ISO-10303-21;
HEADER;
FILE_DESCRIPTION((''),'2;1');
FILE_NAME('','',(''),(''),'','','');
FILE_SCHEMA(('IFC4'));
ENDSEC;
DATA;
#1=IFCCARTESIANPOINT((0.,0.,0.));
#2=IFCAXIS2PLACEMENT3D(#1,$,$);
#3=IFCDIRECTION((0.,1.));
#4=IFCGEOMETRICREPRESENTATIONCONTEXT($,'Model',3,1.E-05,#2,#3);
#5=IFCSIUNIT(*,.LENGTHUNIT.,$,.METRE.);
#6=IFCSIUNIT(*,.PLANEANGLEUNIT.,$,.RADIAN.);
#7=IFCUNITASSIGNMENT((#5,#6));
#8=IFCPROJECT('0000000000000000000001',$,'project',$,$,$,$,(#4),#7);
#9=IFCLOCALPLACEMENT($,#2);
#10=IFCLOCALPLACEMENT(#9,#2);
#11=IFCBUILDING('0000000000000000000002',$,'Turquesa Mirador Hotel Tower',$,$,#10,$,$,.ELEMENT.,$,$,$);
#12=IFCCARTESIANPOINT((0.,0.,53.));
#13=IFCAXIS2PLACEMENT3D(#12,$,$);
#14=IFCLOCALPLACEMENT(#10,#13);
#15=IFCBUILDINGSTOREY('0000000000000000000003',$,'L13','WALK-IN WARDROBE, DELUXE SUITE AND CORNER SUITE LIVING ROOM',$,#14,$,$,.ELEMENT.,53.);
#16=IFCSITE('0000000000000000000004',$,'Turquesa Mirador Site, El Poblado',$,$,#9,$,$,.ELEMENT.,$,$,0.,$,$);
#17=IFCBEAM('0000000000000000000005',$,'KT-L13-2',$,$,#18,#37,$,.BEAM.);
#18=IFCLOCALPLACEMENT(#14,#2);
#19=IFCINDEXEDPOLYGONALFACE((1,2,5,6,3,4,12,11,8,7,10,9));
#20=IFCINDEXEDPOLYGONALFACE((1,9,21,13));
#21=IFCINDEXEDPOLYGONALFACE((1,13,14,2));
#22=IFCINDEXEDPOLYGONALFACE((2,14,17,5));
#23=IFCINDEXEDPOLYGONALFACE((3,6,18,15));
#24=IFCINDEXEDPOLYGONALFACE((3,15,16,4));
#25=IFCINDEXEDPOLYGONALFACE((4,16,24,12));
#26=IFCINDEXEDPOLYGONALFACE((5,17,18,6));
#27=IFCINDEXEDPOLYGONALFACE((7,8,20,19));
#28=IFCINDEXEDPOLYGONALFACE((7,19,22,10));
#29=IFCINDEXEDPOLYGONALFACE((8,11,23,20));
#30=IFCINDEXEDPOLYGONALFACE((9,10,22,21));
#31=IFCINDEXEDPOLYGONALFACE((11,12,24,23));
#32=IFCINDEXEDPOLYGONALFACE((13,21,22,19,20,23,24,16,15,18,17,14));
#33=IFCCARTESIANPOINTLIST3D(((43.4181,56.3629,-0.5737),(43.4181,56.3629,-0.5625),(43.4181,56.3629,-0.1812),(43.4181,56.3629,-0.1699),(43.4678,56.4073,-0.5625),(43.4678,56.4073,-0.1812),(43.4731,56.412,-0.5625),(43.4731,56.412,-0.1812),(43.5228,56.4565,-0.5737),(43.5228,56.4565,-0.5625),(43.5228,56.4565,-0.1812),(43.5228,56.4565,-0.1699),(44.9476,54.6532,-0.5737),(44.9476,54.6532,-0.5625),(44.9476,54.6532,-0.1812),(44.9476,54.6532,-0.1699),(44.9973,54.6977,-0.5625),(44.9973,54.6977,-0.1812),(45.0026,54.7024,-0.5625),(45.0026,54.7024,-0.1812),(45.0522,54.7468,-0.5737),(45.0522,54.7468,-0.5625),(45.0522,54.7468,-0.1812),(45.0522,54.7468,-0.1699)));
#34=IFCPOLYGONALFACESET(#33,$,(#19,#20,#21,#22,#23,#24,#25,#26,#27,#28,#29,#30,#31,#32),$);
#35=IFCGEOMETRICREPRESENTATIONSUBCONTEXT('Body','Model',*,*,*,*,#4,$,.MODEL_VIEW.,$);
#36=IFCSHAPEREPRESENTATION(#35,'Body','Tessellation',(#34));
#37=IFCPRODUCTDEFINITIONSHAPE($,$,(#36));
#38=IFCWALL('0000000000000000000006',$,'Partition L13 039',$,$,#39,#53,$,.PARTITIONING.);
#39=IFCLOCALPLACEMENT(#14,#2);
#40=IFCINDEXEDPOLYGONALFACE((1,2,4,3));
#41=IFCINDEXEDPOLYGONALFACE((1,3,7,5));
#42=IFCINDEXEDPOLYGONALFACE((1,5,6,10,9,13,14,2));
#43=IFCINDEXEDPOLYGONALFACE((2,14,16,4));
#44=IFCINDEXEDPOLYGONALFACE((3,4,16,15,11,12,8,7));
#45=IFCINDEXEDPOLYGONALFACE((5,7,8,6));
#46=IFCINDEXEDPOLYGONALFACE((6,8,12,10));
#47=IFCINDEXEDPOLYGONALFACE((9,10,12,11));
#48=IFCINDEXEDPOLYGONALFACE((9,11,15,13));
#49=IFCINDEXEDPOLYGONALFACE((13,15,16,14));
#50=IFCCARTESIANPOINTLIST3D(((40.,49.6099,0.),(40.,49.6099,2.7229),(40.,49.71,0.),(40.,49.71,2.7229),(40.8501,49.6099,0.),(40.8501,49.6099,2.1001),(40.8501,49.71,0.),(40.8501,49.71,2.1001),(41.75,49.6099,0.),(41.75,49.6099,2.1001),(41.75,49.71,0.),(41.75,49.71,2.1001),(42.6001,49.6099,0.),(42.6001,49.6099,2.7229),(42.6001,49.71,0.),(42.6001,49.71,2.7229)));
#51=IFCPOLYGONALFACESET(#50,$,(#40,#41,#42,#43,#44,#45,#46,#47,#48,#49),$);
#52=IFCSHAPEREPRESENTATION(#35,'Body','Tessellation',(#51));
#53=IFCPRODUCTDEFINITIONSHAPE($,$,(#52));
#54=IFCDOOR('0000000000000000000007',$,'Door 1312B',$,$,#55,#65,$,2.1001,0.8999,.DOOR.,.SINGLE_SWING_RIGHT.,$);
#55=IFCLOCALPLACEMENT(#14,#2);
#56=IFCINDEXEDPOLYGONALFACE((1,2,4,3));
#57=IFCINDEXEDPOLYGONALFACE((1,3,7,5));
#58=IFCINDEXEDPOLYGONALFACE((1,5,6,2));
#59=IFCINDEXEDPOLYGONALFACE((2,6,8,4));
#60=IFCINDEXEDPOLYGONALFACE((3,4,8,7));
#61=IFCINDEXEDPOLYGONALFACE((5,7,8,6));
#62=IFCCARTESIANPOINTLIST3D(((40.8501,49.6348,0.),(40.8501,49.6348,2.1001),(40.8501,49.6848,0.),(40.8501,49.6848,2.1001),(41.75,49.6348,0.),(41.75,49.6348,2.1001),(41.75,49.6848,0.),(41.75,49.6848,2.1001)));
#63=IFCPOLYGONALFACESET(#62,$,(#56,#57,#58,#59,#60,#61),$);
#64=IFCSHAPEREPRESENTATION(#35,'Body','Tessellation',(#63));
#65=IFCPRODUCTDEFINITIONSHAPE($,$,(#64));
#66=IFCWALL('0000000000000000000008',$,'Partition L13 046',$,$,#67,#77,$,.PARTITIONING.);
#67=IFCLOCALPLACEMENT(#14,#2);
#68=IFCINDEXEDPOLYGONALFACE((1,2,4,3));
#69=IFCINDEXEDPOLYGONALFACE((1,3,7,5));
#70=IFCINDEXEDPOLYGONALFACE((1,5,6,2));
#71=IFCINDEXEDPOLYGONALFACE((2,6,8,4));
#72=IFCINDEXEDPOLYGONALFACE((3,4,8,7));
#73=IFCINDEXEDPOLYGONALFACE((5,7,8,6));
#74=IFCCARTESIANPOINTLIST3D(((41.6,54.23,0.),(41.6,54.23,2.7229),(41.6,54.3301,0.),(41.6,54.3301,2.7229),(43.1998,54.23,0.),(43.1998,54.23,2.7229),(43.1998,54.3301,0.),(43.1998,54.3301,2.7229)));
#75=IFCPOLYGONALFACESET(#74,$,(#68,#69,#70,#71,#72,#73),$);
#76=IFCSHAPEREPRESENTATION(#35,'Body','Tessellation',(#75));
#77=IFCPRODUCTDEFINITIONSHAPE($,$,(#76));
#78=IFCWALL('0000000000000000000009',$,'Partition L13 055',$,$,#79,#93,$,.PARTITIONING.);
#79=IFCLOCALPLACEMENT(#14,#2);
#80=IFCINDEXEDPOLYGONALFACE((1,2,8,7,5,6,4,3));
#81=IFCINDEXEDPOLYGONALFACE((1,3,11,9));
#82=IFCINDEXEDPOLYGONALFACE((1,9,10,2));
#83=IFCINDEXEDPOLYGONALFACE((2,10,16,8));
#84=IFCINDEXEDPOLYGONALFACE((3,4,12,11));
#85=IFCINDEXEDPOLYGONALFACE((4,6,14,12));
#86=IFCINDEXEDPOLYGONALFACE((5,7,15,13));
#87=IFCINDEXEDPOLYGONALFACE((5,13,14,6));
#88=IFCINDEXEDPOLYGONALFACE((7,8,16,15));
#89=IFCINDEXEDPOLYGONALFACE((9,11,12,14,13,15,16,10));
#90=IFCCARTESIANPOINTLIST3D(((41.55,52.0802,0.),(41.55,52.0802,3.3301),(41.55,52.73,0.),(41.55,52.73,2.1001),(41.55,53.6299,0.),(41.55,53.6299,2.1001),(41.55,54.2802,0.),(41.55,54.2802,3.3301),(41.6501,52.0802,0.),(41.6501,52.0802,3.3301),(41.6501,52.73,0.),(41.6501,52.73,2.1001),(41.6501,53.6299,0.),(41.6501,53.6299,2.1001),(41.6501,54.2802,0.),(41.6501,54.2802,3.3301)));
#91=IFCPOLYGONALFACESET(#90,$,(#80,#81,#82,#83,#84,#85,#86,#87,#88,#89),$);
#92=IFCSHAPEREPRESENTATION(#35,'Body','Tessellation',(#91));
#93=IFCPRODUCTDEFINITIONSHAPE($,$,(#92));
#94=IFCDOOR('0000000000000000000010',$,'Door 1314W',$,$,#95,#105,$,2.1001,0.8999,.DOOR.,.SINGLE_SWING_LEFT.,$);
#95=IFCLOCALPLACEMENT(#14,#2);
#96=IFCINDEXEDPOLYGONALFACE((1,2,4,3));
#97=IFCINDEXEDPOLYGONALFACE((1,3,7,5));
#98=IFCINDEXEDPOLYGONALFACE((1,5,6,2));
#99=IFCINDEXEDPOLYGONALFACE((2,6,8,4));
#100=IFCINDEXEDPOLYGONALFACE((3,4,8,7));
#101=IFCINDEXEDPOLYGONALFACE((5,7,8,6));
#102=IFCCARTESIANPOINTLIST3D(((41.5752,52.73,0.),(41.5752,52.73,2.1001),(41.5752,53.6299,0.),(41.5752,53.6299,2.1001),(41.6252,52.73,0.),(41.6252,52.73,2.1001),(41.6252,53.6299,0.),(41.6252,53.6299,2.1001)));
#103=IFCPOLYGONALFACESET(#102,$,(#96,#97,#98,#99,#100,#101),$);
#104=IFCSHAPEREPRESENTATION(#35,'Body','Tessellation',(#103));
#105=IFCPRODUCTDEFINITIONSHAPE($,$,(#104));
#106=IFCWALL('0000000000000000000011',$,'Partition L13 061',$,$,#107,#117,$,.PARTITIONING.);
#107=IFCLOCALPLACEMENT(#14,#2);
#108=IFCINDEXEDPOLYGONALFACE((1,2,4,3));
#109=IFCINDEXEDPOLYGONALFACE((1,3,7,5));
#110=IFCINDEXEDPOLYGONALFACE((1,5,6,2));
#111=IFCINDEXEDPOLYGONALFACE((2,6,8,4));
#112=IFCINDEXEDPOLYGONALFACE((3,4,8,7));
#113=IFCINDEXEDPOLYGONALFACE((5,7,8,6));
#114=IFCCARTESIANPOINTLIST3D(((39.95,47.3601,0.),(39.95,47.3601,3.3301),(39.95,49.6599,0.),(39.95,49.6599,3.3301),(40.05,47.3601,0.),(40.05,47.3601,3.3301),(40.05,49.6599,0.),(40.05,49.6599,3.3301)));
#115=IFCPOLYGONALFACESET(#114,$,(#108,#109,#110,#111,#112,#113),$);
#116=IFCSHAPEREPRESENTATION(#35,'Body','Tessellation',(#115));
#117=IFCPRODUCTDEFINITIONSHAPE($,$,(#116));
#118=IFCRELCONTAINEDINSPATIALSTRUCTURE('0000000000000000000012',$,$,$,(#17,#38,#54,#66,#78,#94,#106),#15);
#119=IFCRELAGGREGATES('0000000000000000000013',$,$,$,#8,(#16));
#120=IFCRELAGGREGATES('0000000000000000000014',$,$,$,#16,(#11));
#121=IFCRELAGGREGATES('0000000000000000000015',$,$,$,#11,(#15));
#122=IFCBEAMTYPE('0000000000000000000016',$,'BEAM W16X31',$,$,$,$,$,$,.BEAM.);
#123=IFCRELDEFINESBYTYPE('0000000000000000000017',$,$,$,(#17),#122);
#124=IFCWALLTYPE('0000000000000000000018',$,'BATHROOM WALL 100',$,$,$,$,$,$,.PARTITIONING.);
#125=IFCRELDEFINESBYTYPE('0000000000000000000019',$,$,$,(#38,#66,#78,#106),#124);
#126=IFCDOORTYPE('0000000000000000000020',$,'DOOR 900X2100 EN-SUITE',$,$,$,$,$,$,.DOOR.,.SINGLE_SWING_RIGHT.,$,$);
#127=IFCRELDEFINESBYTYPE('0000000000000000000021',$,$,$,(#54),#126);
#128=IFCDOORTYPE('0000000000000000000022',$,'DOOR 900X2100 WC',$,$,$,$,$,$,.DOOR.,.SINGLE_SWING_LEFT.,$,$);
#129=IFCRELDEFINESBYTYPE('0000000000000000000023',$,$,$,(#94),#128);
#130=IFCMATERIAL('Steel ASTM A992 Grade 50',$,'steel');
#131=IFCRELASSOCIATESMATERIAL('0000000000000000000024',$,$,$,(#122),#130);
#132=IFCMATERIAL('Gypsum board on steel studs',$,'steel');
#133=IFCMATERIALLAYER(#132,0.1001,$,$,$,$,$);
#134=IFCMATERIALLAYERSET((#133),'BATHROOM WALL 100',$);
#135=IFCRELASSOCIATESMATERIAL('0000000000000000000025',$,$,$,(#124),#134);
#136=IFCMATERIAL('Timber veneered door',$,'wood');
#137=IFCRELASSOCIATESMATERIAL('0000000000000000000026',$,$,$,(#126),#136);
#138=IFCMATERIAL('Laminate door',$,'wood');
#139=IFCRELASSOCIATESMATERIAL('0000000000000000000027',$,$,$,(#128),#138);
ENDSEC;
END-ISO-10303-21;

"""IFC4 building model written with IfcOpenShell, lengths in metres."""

from ifc_helpers import new_model, si_unit, direction, frame, frame_2d, origin, origin_2d, place, context, subcontext, project, spatial, rectangle, i_section, extrude, material, layer, layer_set, material_profile, profile_set, type_object, element, fill, save


model = new_model("IFC4")

# Units and contexts
model_context = context("Model", 3, precision=1e-05, world=origin(), true_north=direction((0.0, 1.0)))
body_context = subcontext(model_context, "Body", "Model", "MODEL_VIEW")
ifc_project = project(units=[si_unit("LENGTHUNIT", "METRE"), si_unit("PLANEANGLEUNIT", "RADIAN")], contexts=[model_context])

# Site, building, storey
site_placement = place(None, origin())
site = spatial("IfcSite", under=ifc_project, at=site_placement, Name="Turquesa Mirador Site, El Poblado", CompositionType="ELEMENT", RefElevation=0.0)
building_placement = place(site_placement, origin())
building = spatial("IfcBuilding", under=site, at=building_placement, Name="Turquesa Mirador Hotel Tower", CompositionType="ELEMENT")
storey_placement = place(building_placement, frame((0.0, 0.0, 53.0)))
storey = spatial("IfcBuildingStorey", under=building, at=storey_placement, Name="L13", Description="WALK-IN WARDROBE, DELUXE SUITE AND CORNER SUITE LIVING ROOM", CompositionType="ELEMENT", Elevation=53.0)

# Beam
ifc_material_1 = material(Name="Steel ASTM A992 Grade 50", Category="steel")
ifc_material_profile = material_profile(ifc_material_1, i_section(OverallWidth=0.1404, OverallDepth=0.4038, WebThickness=0.0071, FlangeThickness=0.0112, at=origin_2d()), Name="W16X31")
ifc_profile_set = profile_set([ifc_material_profile], Name="Steel ASTM A992 Grade 50")
beam_type = type_object("IfcBeamType", Name="BEAM W16X31", PredefinedType="BEAM", material=ifc_profile_set)
beam_placement = place(storey_placement, frame((43.4705, 56.4097, -0.3718), z_axis=(0.666745, -0.745286, 0.0), x_axis=(0.745286, 0.666745, 0.0)))
element("IfcBeam", 1, at=beam_placement, inside=storey, type_object=beam_type, Name="KT-L13-2", PredefinedType="BEAM", context=body_context, shape_type="SweptSolid", body=[
    extrude(i_section(OverallWidth=0.1404, OverallDepth=0.4038, WebThickness=0.0071, FlangeThickness=0.0112, at=origin_2d()), origin(), (0.0, 0.0, 1.0), 2.2939),
])

# Wall, opening, door
ifc_material_2 = material(Name="Gypsum board on steel studs", Category="steel")
ifc_layer_1 = layer(ifc_material_2, 0.1001)
ifc_layer_set_1 = layer_set([ifc_layer_1], Name="BATHROOM WALL 100")
wall_type_1 = type_object("IfcWallType", Name="BATHROOM WALL 100", PredefinedType="PARTITIONING", material=ifc_layer_set_1)
wall_1_placement = place(storey_placement, frame((40.0, 49.6599, 0.0), z_axis=(0.0, 0.0, 1.0), x_axis=(1.0, 0.0, 0.0)))
wall_1 = element("IfcWall", 2, at=wall_1_placement, inside=storey, type_object=wall_type_1, Name="Partition L13 039", PredefinedType="PARTITIONING", context=body_context, shape_type="SweptSolid", body=[
    extrude(rectangle(XDim=2.6001, YDim=0.1001, at=frame_2d((1.3, 0.0))), origin(), (0.0, 0.0, 1.0), 2.7229),
])
opening_1_placement = place(wall_1_placement, frame((0.8501, 0.0, 0.0)))
opening_1 = element("IfcOpeningElement", 3, at=opening_1_placement, cuts=wall_1, PredefinedType="OPENING", context=body_context, shape_type="SweptSolid", body=[
    extrude(rectangle(XDim=0.8999, YDim=2.1001, at=frame_2d((0.45, 1.05))), frame((0.0, 0.0601, 0.0), z_axis=(0.0, -1.0, 0.0), x_axis=(1.0, 0.0, 0.0)), (0.0, 0.0, 1.0), 0.1201),
])
ifc_material_3 = material(Name="Timber veneered door", Category="wood")
door_type_1 = type_object("IfcDoorType", Name="DOOR 900X2100 EN-SUITE", OperationType="SINGLE_SWING_RIGHT", PredefinedType="DOOR", material=ifc_material_3)
door_1_placement = place(opening_1_placement, origin())
door_1 = element("IfcDoor", 4, at=door_1_placement, inside=storey, type_object=door_type_1, Name="Door 1312B", OperationType="SINGLE_SWING_RIGHT", OverallHeight=2.1001, OverallWidth=0.8999, PredefinedType="DOOR", context=body_context, shape_type="SweptSolid", body=[
    extrude(rectangle(XDim=0.8999, YDim=2.1001, at=frame_2d((0.45, 1.05))), frame((0.0, 0.0249, 0.0), z_axis=(0.0, -1.0, 0.0), x_axis=(1.0, 0.0, 0.0)), (0.0, 0.0, 1.0), 0.05),
])
fill(opening_1, door_1)

# Wall
wall_2_placement = place(storey_placement, frame((41.6001, 54.28, 0.0), z_axis=(0.0, 0.0, 1.0), x_axis=(1.0, 0.0, 0.0)))
element("IfcWall", 5, at=wall_2_placement, inside=storey, type_object=wall_type_1, Name="Partition L13 046", PredefinedType="PARTITIONING", context=body_context, shape_type="SweptSolid", body=[
    extrude(rectangle(XDim=1.5999, YDim=0.1001, at=frame_2d((0.7998, 0.0))), origin(), (0.0, 0.0, 1.0), 2.7229),
])

# Wall, opening, door
wall_3_placement = place(storey_placement, frame((41.6001, 52.0801, 0.0), z_axis=(0.0, 0.0, 1.0), x_axis=(0.0, 1.0, 0.0)))
wall_3 = element("IfcWall", 6, at=wall_3_placement, inside=storey, type_object=wall_type_1, Name="Partition L13 055", PredefinedType="PARTITIONING", context=body_context, shape_type="SweptSolid", body=[
    extrude(rectangle(XDim=2.2, YDim=0.1001, at=frame_2d((1.1001, 0.0))), origin(), (0.0, 0.0, 1.0), 3.3301),
])
opening_2_placement = place(wall_3_placement, frame((0.6499, 0.0, 0.0)))
opening_2 = element("IfcOpeningElement", 7, at=opening_2_placement, cuts=wall_3, PredefinedType="OPENING", context=body_context, shape_type="SweptSolid", body=[
    extrude(rectangle(XDim=0.8999, YDim=2.1001, at=frame_2d((0.45, 1.05))), frame((0.0, 0.0601, 0.0), z_axis=(0.0, -1.0, 0.0), x_axis=(1.0, 0.0, 0.0)), (0.0, 0.0, 1.0), 0.1201),
])
ifc_material_4 = material(Name="Laminate door", Category="wood")
door_type_2 = type_object("IfcDoorType", Name="DOOR 900X2100 WC", OperationType="SINGLE_SWING_LEFT", PredefinedType="DOOR", material=ifc_material_4)
door_2_placement = place(opening_2_placement, origin())
door_2 = element("IfcDoor", 8, at=door_2_placement, inside=storey, type_object=door_type_2, Name="Door 1314W", OperationType="SINGLE_SWING_LEFT", OverallHeight=2.1001, OverallWidth=0.8999, PredefinedType="DOOR", context=body_context, shape_type="SweptSolid", body=[
    extrude(rectangle(XDim=0.8999, YDim=2.1001, at=frame_2d((0.45, 1.05))), frame((0.0, 0.0249, 0.0), z_axis=(0.0, -1.0, 0.0), x_axis=(1.0, 0.0, 0.0)), (0.0, 0.0, 1.0), 0.05),
])
fill(opening_2, door_2)

# Wall
wall_4_placement = place(storey_placement, frame((40.0, 47.3601, 0.0), z_axis=(0.0, 0.0, 1.0), x_axis=(0.0, 1.0, 0.0)))
element("IfcWall", 9, at=wall_4_placement, inside=storey, type_object=wall_type_1, Name="Partition L13 061", PredefinedType="PARTITIONING", context=body_context, shape_type="SweptSolid", body=[
    extrude(rectangle(XDim=2.2998, YDim=0.1001, at=frame_2d((1.1499, 0.0))), origin(), (0.0, 0.0, 1.0), 3.3301),
])

save(model, "model.ifc")
